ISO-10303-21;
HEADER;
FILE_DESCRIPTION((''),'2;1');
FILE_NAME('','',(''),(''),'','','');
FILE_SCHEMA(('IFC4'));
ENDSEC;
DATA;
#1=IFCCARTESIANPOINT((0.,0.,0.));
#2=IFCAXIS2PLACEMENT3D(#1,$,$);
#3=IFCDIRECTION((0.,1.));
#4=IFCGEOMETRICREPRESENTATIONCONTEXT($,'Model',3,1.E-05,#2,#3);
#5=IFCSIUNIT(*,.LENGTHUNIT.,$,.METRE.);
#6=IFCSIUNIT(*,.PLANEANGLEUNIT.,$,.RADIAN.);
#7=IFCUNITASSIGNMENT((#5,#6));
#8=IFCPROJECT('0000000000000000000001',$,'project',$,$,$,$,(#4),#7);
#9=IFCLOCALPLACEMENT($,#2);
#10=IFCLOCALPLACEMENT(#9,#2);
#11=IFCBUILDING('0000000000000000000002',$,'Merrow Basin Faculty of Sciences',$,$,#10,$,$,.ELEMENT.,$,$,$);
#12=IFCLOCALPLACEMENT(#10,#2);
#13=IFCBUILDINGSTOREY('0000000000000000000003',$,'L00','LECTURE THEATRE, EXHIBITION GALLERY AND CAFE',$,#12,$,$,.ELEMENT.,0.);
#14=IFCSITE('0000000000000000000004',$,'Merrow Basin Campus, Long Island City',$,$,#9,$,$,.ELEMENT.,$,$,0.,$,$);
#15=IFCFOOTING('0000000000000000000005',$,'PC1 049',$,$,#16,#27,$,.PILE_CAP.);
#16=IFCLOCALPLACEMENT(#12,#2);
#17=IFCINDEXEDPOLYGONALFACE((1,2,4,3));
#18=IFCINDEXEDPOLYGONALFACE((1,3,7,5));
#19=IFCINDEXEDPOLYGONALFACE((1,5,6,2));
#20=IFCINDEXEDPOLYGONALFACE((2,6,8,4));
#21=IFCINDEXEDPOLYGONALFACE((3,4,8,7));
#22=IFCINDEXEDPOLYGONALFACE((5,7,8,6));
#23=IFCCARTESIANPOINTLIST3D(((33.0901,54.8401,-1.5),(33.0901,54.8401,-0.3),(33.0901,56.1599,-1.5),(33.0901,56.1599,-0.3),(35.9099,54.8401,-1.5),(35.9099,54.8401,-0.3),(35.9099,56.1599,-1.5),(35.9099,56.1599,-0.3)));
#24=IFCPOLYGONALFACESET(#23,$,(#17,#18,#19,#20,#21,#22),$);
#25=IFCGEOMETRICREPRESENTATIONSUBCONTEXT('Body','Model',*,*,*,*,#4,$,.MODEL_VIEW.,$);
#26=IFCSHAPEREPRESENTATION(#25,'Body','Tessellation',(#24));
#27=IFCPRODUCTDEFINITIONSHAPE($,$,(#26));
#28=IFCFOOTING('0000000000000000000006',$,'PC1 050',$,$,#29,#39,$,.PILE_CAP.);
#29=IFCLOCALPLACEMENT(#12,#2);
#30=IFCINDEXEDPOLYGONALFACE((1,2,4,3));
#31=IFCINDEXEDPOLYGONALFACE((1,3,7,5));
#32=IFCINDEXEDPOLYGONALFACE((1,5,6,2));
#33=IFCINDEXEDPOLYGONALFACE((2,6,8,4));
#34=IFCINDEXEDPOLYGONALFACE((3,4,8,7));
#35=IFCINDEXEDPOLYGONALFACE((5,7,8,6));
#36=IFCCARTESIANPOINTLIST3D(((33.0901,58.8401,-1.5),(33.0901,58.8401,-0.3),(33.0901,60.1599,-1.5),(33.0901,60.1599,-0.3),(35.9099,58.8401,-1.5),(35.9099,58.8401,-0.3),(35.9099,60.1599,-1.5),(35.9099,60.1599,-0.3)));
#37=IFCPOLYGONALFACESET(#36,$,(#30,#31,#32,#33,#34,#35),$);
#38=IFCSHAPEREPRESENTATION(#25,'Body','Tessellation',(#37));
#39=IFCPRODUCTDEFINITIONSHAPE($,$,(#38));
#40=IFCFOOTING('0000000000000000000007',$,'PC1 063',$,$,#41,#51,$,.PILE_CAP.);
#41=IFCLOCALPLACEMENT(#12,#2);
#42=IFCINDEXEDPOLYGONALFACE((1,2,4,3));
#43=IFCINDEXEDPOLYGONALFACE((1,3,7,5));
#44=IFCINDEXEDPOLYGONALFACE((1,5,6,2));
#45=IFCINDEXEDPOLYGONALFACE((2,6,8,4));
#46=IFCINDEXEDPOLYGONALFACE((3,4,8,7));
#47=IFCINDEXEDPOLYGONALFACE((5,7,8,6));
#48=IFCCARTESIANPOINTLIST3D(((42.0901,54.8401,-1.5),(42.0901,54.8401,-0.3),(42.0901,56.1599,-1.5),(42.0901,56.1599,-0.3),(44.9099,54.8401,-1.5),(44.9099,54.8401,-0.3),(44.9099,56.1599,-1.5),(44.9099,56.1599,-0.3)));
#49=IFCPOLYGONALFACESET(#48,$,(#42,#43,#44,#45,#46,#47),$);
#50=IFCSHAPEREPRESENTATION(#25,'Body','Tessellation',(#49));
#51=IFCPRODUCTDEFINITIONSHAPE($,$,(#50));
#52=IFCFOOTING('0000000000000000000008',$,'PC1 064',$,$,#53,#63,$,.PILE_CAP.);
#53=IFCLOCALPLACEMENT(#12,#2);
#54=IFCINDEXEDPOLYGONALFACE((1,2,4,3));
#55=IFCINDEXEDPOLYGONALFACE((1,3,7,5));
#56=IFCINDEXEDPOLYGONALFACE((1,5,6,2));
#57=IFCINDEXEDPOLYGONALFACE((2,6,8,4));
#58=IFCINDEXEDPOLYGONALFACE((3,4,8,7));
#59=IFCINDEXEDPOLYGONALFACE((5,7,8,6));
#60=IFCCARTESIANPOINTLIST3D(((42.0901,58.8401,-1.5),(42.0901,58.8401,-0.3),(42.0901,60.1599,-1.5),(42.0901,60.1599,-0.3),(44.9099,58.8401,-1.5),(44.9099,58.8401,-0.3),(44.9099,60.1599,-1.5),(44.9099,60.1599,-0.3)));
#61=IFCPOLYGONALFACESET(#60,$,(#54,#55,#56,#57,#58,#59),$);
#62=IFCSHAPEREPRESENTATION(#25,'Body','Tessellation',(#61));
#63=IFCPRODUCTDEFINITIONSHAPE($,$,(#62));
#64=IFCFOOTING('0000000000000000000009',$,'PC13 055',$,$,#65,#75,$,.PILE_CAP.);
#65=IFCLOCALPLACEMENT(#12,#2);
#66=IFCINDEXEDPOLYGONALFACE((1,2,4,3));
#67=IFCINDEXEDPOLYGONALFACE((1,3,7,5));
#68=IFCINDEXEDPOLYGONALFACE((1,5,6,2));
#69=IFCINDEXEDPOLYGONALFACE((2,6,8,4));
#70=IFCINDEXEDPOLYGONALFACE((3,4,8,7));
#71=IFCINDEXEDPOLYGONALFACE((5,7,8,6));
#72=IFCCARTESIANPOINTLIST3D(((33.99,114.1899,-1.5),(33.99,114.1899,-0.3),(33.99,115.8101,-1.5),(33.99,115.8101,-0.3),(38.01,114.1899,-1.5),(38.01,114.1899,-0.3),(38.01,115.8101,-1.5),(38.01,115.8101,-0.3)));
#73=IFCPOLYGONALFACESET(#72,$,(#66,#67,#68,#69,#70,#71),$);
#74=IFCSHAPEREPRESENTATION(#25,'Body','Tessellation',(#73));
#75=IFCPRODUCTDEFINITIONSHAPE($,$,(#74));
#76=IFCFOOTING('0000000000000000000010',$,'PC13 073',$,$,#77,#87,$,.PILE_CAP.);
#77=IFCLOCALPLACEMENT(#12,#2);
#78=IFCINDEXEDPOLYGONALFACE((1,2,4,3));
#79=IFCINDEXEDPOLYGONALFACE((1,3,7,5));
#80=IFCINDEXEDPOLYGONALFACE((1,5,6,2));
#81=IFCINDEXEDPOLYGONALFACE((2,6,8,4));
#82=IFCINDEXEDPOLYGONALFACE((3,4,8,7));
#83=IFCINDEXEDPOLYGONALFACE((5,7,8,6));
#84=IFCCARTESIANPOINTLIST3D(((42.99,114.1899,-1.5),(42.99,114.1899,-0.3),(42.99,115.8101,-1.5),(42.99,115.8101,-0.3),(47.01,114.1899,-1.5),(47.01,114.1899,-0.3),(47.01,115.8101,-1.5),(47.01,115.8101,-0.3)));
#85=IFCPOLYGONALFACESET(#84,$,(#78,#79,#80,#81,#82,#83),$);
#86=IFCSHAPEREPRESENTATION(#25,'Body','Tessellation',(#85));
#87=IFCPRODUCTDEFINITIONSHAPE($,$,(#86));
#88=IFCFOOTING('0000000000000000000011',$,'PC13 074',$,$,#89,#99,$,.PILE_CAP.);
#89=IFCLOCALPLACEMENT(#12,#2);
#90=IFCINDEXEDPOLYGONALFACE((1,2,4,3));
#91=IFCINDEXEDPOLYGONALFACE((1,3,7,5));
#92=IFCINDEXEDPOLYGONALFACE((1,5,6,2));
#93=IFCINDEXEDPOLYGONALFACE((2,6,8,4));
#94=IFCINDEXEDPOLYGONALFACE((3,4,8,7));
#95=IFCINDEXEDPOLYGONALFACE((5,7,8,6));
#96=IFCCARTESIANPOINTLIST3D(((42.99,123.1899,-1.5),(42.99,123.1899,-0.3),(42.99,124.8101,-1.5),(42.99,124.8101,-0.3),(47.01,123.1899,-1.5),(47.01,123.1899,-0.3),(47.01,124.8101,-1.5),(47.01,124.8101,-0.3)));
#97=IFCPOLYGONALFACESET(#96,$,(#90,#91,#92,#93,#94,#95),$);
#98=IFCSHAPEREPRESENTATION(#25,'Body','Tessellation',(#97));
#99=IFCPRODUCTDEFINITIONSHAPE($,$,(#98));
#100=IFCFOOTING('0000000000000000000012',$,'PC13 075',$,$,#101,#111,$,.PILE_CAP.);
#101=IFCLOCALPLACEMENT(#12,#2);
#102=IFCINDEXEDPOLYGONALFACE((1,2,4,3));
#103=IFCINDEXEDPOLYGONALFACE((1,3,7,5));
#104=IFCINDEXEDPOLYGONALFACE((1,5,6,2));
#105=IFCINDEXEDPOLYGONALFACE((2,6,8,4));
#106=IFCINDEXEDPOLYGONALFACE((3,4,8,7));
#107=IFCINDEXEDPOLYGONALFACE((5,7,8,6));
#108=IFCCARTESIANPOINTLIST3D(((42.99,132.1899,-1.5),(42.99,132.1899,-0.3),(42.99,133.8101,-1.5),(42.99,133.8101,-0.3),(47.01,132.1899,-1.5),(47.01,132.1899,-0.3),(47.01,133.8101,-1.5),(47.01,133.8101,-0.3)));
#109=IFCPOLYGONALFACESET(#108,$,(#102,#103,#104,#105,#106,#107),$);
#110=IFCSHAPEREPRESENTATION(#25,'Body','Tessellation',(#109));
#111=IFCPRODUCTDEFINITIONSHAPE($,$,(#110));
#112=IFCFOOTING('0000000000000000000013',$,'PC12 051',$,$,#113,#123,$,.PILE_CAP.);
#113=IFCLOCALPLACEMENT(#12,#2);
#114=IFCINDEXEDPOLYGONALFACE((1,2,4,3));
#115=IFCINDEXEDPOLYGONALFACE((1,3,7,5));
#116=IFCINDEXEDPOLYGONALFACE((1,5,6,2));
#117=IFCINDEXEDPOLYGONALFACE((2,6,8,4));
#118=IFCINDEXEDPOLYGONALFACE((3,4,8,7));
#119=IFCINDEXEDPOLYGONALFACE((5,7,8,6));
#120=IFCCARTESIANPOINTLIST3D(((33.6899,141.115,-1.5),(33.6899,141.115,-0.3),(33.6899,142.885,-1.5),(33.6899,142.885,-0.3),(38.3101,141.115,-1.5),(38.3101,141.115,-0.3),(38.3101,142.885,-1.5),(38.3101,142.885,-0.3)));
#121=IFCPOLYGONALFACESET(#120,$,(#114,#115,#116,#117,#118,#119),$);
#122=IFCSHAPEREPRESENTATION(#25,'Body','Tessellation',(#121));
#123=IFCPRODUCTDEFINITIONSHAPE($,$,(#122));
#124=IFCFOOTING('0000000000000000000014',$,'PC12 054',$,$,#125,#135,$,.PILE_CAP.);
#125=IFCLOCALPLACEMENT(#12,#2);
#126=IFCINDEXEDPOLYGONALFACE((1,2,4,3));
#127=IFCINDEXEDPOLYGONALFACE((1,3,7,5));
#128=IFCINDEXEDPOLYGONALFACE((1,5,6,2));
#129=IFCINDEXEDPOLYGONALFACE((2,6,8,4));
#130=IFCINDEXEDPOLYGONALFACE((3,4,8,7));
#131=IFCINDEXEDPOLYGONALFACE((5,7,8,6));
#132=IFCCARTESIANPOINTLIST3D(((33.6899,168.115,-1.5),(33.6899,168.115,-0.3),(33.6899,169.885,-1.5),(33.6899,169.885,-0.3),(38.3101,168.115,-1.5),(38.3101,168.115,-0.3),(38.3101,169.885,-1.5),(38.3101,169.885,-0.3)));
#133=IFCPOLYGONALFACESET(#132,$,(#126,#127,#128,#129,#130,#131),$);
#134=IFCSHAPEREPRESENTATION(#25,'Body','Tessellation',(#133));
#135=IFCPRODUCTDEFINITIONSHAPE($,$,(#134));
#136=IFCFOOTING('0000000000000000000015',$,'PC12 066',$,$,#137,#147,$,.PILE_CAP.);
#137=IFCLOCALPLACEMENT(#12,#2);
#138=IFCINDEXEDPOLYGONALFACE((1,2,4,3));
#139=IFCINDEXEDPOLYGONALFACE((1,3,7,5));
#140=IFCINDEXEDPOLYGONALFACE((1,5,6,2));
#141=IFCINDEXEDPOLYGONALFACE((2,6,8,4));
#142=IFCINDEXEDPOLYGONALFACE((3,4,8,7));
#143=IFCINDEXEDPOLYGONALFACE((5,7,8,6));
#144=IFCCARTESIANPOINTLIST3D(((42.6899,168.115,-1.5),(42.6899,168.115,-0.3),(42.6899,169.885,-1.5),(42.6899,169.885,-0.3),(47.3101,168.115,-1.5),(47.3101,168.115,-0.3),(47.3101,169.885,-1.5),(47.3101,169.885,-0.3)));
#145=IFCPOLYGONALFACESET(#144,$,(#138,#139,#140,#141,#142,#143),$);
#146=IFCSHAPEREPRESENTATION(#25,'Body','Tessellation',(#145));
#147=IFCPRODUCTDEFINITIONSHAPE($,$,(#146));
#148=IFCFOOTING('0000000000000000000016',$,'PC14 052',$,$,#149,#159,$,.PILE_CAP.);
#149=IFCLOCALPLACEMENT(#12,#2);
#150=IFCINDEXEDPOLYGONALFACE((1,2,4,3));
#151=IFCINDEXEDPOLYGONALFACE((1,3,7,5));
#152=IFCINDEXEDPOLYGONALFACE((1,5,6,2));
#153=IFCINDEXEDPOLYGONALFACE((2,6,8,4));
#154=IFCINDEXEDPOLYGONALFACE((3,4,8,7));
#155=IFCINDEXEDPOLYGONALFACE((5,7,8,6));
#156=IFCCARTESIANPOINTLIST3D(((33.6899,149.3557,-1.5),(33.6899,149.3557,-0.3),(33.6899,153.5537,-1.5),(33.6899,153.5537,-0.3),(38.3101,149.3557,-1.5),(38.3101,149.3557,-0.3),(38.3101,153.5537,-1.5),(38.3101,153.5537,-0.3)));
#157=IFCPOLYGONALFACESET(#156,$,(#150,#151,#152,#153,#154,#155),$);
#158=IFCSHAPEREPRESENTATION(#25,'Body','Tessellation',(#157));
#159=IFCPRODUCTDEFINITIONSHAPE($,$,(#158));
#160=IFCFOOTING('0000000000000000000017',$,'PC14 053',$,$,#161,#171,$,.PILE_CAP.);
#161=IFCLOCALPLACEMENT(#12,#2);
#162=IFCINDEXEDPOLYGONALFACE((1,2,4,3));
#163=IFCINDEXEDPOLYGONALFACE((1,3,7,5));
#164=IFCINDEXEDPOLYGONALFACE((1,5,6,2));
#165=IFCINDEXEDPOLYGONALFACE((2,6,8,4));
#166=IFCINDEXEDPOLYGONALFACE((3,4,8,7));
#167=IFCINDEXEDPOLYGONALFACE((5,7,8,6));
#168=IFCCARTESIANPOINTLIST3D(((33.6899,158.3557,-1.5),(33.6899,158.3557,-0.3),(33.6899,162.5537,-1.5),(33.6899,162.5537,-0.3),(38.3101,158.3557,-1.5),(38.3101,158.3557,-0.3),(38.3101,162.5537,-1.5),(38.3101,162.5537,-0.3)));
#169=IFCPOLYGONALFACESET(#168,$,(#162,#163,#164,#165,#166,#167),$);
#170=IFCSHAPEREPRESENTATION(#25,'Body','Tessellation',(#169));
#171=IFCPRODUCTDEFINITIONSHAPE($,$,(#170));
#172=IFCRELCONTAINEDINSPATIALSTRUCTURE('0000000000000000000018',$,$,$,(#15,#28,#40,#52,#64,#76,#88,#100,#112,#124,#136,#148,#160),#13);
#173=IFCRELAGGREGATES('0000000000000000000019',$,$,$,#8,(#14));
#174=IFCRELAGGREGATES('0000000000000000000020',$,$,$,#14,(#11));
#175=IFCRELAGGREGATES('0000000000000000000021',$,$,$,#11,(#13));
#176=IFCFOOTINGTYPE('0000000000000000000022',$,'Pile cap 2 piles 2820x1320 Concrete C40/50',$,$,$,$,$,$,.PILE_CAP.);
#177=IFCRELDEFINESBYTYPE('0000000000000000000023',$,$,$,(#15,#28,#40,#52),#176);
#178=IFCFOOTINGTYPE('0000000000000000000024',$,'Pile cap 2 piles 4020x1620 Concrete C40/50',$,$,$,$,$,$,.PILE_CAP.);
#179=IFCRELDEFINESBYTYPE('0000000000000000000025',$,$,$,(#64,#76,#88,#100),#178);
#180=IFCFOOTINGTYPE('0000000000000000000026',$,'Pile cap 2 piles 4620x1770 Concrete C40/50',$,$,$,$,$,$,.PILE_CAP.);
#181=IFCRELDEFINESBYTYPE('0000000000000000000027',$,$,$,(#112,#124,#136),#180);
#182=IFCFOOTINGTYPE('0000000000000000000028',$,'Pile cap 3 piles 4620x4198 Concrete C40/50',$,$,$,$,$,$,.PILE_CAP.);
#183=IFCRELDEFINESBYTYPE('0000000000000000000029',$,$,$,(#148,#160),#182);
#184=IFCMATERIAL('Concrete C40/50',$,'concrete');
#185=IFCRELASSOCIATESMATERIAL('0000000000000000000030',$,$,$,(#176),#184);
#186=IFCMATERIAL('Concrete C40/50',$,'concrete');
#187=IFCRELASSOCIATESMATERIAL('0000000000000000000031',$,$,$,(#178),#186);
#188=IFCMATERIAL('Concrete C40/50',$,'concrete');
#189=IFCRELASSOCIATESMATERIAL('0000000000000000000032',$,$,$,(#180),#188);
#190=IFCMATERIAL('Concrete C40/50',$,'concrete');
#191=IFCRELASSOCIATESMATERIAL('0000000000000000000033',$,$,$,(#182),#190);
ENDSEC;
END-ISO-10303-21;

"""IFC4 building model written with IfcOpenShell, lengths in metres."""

from ifc_helpers import new_model, si_unit, direction, frame, origin, place, context, subcontext, project, spatial, polyline, outline, extrude, material, type_object, element, save


model = new_model("IFC4")

# Units and contexts
model_context = context("Model", 3, precision=1e-05, world=origin(), true_north=direction((0.0, 1.0)))
body_context = subcontext(model_context, "Body", "Model", "MODEL_VIEW")
ifc_project = project(units=[si_unit("LENGTHUNIT", "METRE"), si_unit("PLANEANGLEUNIT", "RADIAN")], contexts=[model_context])

# Site, building, storey
site_placement = place(None, origin())
site = spatial("IfcSite", under=ifc_project, at=site_placement, Name="Merrow Basin Campus, Long Island City", CompositionType="ELEMENT", RefElevation=0.0)
building_placement = place(site_placement, origin())
building = spatial("IfcBuilding", under=site, at=building_placement, Name="Merrow Basin Faculty of Sciences", CompositionType="ELEMENT")
storey_placement = place(building_placement, origin())
storey = spatial("IfcBuildingStorey", under=building, at=storey_placement, Name="L00", Description="LECTURE THEATRE, EXHIBITION GALLERY AND CAFE", CompositionType="ELEMENT", Elevation=0.0)

# Footings
ifc_material_1 = material(Name="Concrete C40/50", Category="concrete")
footing_type_1 = type_object("IfcFootingType", Name="Pile cap 2 piles 2820x1320 Concrete C40/50", PredefinedType="PILE_CAP", material=ifc_material_1)
footing_1_placement = place(storey_placement, frame((0.0, 0.0, -1.5)))
element("IfcFooting", 1, at=footing_1_placement, inside=storey, type_object=footing_type_1, Name="PC1 049", PredefinedType="PILE_CAP", context=body_context, shape_type="SweptSolid", body=[
    extrude(outline(polyline([(33.0901, 56.1599), (35.9099, 56.1599), (35.9099, 54.8401), (33.0901, 54.8401), (33.0901, 56.1599)])), origin(), (0.0, 0.0, 1.0), 1.2),
])
footing_2_placement = place(storey_placement, frame((0.0, 0.0, -1.5)))
element("IfcFooting", 2, at=footing_2_placement, inside=storey, type_object=footing_type_1, Name="PC1 050", PredefinedType="PILE_CAP", context=body_context, shape_type="SweptSolid", body=[
    extrude(outline(polyline([(33.0901, 60.1599), (35.9099, 60.1599), (35.9099, 58.8401), (33.0901, 58.8401), (33.0901, 60.1599)])), origin(), (0.0, 0.0, 1.0), 1.2),
])
footing_3_placement = place(storey_placement, frame((0.0, 0.0, -1.5)))
element("IfcFooting", 3, at=footing_3_placement, inside=storey, type_object=footing_type_1, Name="PC1 063", PredefinedType="PILE_CAP", context=body_context, shape_type="SweptSolid", body=[
    extrude(outline(polyline([(42.0901, 56.1599), (44.9099, 56.1599), (44.9099, 54.8401), (42.0901, 54.8401), (42.0901, 56.1599)])), origin(), (0.0, 0.0, 1.0), 1.2),
])
footing_4_placement = place(storey_placement, frame((0.0, 0.0, -1.5)))
element("IfcFooting", 4, at=footing_4_placement, inside=storey, type_object=footing_type_1, Name="PC1 064", PredefinedType="PILE_CAP", context=body_context, shape_type="SweptSolid", body=[
    extrude(outline(polyline([(42.0901, 60.1599), (44.9099, 60.1599), (44.9099, 58.8401), (42.0901, 58.8401), (42.0901, 60.1599)])), origin(), (0.0, 0.0, 1.0), 1.2),
])
ifc_material_2 = material(Name="Concrete C40/50", Category="concrete")
footing_type_2 = type_object("IfcFootingType", Name="Pile cap 2 piles 4020x1620 Concrete C40/50", PredefinedType="PILE_CAP", material=ifc_material_2)
footing_5_placement = place(storey_placement, frame((0.0, 0.0, -1.5)))
element("IfcFooting", 5, at=footing_5_placement, inside=storey, type_object=footing_type_2, Name="PC13 055", PredefinedType="PILE_CAP", context=body_context, shape_type="SweptSolid", body=[
    extrude(outline(polyline([(33.99, 115.8101), (38.01, 115.8101), (38.01, 114.1899), (33.99, 114.1899), (33.99, 115.8101)])), origin(), (0.0, 0.0, 1.0), 1.2),
])
footing_6_placement = place(storey_placement, frame((0.0, 0.0, -1.5)))
element("IfcFooting", 6, at=footing_6_placement, inside=storey, type_object=footing_type_2, Name="PC13 073", PredefinedType="PILE_CAP", context=body_context, shape_type="SweptSolid", body=[
    extrude(outline(polyline([(42.99, 115.8101), (47.01, 115.8101), (47.01, 114.1899), (42.99, 114.1899), (42.99, 115.8101)])), origin(), (0.0, 0.0, 1.0), 1.2),
])
footing_7_placement = place(storey_placement, frame((0.0, 0.0, -1.5)))
element("IfcFooting", 7, at=footing_7_placement, inside=storey, type_object=footing_type_2, Name="PC13 074", PredefinedType="PILE_CAP", context=body_context, shape_type="SweptSolid", body=[
    extrude(outline(polyline([(42.99, 123.1899), (42.99, 124.8101), (47.01, 124.8101), (47.01, 123.1899), (42.99, 123.1899)])), origin(), (0.0, 0.0, 1.0), 1.2),
])
footing_8_placement = place(storey_placement, frame((0.0, 0.0, -1.5)))
element("IfcFooting", 8, at=footing_8_placement, inside=storey, type_object=footing_type_2, Name="PC13 075", PredefinedType="PILE_CAP", context=body_context, shape_type="SweptSolid", body=[
    extrude(outline(polyline([(42.99, 133.8101), (47.01, 133.8101), (47.01, 132.1899), (42.99, 132.1899), (42.99, 133.8101)])), origin(), (0.0, 0.0, 1.0), 1.2),
])
ifc_material_3 = material(Name="Concrete C40/50", Category="concrete")
footing_type_3 = type_object("IfcFootingType", Name="Pile cap 2 piles 4620x1770 Concrete C40/50", PredefinedType="PILE_CAP", material=ifc_material_3)
footing_9_placement = place(storey_placement, frame((0.0, 0.0, -1.5)))
element("IfcFooting", 9, at=footing_9_placement, inside=storey, type_object=footing_type_3, Name="PC12 051", PredefinedType="PILE_CAP", context=body_context, shape_type="SweptSolid", body=[
    extrude(outline(polyline([(33.6899, 142.885), (38.3101, 142.885), (38.3101, 141.115), (33.6899, 141.115), (33.6899, 142.885)])), origin(), (0.0, 0.0, 1.0), 1.2),
])
footing_10_placement = place(storey_placement, frame((0.0, 0.0, -1.5)))
element("IfcFooting", 10, at=footing_10_placement, inside=storey, type_object=footing_type_3, Name="PC12 054", PredefinedType="PILE_CAP", context=body_context, shape_type="SweptSolid", body=[
    extrude(outline(polyline([(33.6899, 169.885), (38.3101, 169.885), (38.3101, 168.115), (33.6899, 168.115), (33.6899, 169.885)])), origin(), (0.0, 0.0, 1.0), 1.2),
])
footing_11_placement = place(storey_placement, frame((0.0, 0.0, -1.5)))
element("IfcFooting", 11, at=footing_11_placement, inside=storey, type_object=footing_type_3, Name="PC12 066", PredefinedType="PILE_CAP", context=body_context, shape_type="SweptSolid", body=[
    extrude(outline(polyline([(42.6899, 169.885), (47.3101, 169.885), (47.3101, 168.115), (42.6899, 168.115), (42.6899, 169.885)])), origin(), (0.0, 0.0, 1.0), 1.2),
])
ifc_material_4 = material(Name="Concrete C40/50", Category="concrete")
footing_type_4 = type_object("IfcFootingType", Name="Pile cap 3 piles 4620x4198 Concrete C40/50", PredefinedType="PILE_CAP", material=ifc_material_4)
footing_12_placement = place(storey_placement, frame((0.0, 0.0, -1.5)))
element("IfcFooting", 12, at=footing_12_placement, inside=storey, type_object=footing_type_4, Name="PC14 052", PredefinedType="PILE_CAP", context=body_context, shape_type="SweptSolid", body=[
    extrude(outline(polyline([(33.6899, 153.5537), (38.3101, 153.5537), (38.3101, 149.3557), (33.6899, 149.3557), (33.6899, 153.5537)])), origin(), (0.0, 0.0, 1.0), 1.2),
])
footing_13_placement = place(storey_placement, frame((0.0, 0.0, -1.5)))
element("IfcFooting", 13, at=footing_13_placement, inside=storey, type_object=footing_type_4, Name="PC14 053", PredefinedType="PILE_CAP", context=body_context, shape_type="SweptSolid", body=[
    extrude(outline(polyline([(33.6899, 158.3557), (33.6899, 162.5537), (38.3101, 162.5537), (38.3101, 158.3557), (33.6899, 158.3557)])), origin(), (0.0, 0.0, 1.0), 1.2),
])

save(model, "model.ifc")
